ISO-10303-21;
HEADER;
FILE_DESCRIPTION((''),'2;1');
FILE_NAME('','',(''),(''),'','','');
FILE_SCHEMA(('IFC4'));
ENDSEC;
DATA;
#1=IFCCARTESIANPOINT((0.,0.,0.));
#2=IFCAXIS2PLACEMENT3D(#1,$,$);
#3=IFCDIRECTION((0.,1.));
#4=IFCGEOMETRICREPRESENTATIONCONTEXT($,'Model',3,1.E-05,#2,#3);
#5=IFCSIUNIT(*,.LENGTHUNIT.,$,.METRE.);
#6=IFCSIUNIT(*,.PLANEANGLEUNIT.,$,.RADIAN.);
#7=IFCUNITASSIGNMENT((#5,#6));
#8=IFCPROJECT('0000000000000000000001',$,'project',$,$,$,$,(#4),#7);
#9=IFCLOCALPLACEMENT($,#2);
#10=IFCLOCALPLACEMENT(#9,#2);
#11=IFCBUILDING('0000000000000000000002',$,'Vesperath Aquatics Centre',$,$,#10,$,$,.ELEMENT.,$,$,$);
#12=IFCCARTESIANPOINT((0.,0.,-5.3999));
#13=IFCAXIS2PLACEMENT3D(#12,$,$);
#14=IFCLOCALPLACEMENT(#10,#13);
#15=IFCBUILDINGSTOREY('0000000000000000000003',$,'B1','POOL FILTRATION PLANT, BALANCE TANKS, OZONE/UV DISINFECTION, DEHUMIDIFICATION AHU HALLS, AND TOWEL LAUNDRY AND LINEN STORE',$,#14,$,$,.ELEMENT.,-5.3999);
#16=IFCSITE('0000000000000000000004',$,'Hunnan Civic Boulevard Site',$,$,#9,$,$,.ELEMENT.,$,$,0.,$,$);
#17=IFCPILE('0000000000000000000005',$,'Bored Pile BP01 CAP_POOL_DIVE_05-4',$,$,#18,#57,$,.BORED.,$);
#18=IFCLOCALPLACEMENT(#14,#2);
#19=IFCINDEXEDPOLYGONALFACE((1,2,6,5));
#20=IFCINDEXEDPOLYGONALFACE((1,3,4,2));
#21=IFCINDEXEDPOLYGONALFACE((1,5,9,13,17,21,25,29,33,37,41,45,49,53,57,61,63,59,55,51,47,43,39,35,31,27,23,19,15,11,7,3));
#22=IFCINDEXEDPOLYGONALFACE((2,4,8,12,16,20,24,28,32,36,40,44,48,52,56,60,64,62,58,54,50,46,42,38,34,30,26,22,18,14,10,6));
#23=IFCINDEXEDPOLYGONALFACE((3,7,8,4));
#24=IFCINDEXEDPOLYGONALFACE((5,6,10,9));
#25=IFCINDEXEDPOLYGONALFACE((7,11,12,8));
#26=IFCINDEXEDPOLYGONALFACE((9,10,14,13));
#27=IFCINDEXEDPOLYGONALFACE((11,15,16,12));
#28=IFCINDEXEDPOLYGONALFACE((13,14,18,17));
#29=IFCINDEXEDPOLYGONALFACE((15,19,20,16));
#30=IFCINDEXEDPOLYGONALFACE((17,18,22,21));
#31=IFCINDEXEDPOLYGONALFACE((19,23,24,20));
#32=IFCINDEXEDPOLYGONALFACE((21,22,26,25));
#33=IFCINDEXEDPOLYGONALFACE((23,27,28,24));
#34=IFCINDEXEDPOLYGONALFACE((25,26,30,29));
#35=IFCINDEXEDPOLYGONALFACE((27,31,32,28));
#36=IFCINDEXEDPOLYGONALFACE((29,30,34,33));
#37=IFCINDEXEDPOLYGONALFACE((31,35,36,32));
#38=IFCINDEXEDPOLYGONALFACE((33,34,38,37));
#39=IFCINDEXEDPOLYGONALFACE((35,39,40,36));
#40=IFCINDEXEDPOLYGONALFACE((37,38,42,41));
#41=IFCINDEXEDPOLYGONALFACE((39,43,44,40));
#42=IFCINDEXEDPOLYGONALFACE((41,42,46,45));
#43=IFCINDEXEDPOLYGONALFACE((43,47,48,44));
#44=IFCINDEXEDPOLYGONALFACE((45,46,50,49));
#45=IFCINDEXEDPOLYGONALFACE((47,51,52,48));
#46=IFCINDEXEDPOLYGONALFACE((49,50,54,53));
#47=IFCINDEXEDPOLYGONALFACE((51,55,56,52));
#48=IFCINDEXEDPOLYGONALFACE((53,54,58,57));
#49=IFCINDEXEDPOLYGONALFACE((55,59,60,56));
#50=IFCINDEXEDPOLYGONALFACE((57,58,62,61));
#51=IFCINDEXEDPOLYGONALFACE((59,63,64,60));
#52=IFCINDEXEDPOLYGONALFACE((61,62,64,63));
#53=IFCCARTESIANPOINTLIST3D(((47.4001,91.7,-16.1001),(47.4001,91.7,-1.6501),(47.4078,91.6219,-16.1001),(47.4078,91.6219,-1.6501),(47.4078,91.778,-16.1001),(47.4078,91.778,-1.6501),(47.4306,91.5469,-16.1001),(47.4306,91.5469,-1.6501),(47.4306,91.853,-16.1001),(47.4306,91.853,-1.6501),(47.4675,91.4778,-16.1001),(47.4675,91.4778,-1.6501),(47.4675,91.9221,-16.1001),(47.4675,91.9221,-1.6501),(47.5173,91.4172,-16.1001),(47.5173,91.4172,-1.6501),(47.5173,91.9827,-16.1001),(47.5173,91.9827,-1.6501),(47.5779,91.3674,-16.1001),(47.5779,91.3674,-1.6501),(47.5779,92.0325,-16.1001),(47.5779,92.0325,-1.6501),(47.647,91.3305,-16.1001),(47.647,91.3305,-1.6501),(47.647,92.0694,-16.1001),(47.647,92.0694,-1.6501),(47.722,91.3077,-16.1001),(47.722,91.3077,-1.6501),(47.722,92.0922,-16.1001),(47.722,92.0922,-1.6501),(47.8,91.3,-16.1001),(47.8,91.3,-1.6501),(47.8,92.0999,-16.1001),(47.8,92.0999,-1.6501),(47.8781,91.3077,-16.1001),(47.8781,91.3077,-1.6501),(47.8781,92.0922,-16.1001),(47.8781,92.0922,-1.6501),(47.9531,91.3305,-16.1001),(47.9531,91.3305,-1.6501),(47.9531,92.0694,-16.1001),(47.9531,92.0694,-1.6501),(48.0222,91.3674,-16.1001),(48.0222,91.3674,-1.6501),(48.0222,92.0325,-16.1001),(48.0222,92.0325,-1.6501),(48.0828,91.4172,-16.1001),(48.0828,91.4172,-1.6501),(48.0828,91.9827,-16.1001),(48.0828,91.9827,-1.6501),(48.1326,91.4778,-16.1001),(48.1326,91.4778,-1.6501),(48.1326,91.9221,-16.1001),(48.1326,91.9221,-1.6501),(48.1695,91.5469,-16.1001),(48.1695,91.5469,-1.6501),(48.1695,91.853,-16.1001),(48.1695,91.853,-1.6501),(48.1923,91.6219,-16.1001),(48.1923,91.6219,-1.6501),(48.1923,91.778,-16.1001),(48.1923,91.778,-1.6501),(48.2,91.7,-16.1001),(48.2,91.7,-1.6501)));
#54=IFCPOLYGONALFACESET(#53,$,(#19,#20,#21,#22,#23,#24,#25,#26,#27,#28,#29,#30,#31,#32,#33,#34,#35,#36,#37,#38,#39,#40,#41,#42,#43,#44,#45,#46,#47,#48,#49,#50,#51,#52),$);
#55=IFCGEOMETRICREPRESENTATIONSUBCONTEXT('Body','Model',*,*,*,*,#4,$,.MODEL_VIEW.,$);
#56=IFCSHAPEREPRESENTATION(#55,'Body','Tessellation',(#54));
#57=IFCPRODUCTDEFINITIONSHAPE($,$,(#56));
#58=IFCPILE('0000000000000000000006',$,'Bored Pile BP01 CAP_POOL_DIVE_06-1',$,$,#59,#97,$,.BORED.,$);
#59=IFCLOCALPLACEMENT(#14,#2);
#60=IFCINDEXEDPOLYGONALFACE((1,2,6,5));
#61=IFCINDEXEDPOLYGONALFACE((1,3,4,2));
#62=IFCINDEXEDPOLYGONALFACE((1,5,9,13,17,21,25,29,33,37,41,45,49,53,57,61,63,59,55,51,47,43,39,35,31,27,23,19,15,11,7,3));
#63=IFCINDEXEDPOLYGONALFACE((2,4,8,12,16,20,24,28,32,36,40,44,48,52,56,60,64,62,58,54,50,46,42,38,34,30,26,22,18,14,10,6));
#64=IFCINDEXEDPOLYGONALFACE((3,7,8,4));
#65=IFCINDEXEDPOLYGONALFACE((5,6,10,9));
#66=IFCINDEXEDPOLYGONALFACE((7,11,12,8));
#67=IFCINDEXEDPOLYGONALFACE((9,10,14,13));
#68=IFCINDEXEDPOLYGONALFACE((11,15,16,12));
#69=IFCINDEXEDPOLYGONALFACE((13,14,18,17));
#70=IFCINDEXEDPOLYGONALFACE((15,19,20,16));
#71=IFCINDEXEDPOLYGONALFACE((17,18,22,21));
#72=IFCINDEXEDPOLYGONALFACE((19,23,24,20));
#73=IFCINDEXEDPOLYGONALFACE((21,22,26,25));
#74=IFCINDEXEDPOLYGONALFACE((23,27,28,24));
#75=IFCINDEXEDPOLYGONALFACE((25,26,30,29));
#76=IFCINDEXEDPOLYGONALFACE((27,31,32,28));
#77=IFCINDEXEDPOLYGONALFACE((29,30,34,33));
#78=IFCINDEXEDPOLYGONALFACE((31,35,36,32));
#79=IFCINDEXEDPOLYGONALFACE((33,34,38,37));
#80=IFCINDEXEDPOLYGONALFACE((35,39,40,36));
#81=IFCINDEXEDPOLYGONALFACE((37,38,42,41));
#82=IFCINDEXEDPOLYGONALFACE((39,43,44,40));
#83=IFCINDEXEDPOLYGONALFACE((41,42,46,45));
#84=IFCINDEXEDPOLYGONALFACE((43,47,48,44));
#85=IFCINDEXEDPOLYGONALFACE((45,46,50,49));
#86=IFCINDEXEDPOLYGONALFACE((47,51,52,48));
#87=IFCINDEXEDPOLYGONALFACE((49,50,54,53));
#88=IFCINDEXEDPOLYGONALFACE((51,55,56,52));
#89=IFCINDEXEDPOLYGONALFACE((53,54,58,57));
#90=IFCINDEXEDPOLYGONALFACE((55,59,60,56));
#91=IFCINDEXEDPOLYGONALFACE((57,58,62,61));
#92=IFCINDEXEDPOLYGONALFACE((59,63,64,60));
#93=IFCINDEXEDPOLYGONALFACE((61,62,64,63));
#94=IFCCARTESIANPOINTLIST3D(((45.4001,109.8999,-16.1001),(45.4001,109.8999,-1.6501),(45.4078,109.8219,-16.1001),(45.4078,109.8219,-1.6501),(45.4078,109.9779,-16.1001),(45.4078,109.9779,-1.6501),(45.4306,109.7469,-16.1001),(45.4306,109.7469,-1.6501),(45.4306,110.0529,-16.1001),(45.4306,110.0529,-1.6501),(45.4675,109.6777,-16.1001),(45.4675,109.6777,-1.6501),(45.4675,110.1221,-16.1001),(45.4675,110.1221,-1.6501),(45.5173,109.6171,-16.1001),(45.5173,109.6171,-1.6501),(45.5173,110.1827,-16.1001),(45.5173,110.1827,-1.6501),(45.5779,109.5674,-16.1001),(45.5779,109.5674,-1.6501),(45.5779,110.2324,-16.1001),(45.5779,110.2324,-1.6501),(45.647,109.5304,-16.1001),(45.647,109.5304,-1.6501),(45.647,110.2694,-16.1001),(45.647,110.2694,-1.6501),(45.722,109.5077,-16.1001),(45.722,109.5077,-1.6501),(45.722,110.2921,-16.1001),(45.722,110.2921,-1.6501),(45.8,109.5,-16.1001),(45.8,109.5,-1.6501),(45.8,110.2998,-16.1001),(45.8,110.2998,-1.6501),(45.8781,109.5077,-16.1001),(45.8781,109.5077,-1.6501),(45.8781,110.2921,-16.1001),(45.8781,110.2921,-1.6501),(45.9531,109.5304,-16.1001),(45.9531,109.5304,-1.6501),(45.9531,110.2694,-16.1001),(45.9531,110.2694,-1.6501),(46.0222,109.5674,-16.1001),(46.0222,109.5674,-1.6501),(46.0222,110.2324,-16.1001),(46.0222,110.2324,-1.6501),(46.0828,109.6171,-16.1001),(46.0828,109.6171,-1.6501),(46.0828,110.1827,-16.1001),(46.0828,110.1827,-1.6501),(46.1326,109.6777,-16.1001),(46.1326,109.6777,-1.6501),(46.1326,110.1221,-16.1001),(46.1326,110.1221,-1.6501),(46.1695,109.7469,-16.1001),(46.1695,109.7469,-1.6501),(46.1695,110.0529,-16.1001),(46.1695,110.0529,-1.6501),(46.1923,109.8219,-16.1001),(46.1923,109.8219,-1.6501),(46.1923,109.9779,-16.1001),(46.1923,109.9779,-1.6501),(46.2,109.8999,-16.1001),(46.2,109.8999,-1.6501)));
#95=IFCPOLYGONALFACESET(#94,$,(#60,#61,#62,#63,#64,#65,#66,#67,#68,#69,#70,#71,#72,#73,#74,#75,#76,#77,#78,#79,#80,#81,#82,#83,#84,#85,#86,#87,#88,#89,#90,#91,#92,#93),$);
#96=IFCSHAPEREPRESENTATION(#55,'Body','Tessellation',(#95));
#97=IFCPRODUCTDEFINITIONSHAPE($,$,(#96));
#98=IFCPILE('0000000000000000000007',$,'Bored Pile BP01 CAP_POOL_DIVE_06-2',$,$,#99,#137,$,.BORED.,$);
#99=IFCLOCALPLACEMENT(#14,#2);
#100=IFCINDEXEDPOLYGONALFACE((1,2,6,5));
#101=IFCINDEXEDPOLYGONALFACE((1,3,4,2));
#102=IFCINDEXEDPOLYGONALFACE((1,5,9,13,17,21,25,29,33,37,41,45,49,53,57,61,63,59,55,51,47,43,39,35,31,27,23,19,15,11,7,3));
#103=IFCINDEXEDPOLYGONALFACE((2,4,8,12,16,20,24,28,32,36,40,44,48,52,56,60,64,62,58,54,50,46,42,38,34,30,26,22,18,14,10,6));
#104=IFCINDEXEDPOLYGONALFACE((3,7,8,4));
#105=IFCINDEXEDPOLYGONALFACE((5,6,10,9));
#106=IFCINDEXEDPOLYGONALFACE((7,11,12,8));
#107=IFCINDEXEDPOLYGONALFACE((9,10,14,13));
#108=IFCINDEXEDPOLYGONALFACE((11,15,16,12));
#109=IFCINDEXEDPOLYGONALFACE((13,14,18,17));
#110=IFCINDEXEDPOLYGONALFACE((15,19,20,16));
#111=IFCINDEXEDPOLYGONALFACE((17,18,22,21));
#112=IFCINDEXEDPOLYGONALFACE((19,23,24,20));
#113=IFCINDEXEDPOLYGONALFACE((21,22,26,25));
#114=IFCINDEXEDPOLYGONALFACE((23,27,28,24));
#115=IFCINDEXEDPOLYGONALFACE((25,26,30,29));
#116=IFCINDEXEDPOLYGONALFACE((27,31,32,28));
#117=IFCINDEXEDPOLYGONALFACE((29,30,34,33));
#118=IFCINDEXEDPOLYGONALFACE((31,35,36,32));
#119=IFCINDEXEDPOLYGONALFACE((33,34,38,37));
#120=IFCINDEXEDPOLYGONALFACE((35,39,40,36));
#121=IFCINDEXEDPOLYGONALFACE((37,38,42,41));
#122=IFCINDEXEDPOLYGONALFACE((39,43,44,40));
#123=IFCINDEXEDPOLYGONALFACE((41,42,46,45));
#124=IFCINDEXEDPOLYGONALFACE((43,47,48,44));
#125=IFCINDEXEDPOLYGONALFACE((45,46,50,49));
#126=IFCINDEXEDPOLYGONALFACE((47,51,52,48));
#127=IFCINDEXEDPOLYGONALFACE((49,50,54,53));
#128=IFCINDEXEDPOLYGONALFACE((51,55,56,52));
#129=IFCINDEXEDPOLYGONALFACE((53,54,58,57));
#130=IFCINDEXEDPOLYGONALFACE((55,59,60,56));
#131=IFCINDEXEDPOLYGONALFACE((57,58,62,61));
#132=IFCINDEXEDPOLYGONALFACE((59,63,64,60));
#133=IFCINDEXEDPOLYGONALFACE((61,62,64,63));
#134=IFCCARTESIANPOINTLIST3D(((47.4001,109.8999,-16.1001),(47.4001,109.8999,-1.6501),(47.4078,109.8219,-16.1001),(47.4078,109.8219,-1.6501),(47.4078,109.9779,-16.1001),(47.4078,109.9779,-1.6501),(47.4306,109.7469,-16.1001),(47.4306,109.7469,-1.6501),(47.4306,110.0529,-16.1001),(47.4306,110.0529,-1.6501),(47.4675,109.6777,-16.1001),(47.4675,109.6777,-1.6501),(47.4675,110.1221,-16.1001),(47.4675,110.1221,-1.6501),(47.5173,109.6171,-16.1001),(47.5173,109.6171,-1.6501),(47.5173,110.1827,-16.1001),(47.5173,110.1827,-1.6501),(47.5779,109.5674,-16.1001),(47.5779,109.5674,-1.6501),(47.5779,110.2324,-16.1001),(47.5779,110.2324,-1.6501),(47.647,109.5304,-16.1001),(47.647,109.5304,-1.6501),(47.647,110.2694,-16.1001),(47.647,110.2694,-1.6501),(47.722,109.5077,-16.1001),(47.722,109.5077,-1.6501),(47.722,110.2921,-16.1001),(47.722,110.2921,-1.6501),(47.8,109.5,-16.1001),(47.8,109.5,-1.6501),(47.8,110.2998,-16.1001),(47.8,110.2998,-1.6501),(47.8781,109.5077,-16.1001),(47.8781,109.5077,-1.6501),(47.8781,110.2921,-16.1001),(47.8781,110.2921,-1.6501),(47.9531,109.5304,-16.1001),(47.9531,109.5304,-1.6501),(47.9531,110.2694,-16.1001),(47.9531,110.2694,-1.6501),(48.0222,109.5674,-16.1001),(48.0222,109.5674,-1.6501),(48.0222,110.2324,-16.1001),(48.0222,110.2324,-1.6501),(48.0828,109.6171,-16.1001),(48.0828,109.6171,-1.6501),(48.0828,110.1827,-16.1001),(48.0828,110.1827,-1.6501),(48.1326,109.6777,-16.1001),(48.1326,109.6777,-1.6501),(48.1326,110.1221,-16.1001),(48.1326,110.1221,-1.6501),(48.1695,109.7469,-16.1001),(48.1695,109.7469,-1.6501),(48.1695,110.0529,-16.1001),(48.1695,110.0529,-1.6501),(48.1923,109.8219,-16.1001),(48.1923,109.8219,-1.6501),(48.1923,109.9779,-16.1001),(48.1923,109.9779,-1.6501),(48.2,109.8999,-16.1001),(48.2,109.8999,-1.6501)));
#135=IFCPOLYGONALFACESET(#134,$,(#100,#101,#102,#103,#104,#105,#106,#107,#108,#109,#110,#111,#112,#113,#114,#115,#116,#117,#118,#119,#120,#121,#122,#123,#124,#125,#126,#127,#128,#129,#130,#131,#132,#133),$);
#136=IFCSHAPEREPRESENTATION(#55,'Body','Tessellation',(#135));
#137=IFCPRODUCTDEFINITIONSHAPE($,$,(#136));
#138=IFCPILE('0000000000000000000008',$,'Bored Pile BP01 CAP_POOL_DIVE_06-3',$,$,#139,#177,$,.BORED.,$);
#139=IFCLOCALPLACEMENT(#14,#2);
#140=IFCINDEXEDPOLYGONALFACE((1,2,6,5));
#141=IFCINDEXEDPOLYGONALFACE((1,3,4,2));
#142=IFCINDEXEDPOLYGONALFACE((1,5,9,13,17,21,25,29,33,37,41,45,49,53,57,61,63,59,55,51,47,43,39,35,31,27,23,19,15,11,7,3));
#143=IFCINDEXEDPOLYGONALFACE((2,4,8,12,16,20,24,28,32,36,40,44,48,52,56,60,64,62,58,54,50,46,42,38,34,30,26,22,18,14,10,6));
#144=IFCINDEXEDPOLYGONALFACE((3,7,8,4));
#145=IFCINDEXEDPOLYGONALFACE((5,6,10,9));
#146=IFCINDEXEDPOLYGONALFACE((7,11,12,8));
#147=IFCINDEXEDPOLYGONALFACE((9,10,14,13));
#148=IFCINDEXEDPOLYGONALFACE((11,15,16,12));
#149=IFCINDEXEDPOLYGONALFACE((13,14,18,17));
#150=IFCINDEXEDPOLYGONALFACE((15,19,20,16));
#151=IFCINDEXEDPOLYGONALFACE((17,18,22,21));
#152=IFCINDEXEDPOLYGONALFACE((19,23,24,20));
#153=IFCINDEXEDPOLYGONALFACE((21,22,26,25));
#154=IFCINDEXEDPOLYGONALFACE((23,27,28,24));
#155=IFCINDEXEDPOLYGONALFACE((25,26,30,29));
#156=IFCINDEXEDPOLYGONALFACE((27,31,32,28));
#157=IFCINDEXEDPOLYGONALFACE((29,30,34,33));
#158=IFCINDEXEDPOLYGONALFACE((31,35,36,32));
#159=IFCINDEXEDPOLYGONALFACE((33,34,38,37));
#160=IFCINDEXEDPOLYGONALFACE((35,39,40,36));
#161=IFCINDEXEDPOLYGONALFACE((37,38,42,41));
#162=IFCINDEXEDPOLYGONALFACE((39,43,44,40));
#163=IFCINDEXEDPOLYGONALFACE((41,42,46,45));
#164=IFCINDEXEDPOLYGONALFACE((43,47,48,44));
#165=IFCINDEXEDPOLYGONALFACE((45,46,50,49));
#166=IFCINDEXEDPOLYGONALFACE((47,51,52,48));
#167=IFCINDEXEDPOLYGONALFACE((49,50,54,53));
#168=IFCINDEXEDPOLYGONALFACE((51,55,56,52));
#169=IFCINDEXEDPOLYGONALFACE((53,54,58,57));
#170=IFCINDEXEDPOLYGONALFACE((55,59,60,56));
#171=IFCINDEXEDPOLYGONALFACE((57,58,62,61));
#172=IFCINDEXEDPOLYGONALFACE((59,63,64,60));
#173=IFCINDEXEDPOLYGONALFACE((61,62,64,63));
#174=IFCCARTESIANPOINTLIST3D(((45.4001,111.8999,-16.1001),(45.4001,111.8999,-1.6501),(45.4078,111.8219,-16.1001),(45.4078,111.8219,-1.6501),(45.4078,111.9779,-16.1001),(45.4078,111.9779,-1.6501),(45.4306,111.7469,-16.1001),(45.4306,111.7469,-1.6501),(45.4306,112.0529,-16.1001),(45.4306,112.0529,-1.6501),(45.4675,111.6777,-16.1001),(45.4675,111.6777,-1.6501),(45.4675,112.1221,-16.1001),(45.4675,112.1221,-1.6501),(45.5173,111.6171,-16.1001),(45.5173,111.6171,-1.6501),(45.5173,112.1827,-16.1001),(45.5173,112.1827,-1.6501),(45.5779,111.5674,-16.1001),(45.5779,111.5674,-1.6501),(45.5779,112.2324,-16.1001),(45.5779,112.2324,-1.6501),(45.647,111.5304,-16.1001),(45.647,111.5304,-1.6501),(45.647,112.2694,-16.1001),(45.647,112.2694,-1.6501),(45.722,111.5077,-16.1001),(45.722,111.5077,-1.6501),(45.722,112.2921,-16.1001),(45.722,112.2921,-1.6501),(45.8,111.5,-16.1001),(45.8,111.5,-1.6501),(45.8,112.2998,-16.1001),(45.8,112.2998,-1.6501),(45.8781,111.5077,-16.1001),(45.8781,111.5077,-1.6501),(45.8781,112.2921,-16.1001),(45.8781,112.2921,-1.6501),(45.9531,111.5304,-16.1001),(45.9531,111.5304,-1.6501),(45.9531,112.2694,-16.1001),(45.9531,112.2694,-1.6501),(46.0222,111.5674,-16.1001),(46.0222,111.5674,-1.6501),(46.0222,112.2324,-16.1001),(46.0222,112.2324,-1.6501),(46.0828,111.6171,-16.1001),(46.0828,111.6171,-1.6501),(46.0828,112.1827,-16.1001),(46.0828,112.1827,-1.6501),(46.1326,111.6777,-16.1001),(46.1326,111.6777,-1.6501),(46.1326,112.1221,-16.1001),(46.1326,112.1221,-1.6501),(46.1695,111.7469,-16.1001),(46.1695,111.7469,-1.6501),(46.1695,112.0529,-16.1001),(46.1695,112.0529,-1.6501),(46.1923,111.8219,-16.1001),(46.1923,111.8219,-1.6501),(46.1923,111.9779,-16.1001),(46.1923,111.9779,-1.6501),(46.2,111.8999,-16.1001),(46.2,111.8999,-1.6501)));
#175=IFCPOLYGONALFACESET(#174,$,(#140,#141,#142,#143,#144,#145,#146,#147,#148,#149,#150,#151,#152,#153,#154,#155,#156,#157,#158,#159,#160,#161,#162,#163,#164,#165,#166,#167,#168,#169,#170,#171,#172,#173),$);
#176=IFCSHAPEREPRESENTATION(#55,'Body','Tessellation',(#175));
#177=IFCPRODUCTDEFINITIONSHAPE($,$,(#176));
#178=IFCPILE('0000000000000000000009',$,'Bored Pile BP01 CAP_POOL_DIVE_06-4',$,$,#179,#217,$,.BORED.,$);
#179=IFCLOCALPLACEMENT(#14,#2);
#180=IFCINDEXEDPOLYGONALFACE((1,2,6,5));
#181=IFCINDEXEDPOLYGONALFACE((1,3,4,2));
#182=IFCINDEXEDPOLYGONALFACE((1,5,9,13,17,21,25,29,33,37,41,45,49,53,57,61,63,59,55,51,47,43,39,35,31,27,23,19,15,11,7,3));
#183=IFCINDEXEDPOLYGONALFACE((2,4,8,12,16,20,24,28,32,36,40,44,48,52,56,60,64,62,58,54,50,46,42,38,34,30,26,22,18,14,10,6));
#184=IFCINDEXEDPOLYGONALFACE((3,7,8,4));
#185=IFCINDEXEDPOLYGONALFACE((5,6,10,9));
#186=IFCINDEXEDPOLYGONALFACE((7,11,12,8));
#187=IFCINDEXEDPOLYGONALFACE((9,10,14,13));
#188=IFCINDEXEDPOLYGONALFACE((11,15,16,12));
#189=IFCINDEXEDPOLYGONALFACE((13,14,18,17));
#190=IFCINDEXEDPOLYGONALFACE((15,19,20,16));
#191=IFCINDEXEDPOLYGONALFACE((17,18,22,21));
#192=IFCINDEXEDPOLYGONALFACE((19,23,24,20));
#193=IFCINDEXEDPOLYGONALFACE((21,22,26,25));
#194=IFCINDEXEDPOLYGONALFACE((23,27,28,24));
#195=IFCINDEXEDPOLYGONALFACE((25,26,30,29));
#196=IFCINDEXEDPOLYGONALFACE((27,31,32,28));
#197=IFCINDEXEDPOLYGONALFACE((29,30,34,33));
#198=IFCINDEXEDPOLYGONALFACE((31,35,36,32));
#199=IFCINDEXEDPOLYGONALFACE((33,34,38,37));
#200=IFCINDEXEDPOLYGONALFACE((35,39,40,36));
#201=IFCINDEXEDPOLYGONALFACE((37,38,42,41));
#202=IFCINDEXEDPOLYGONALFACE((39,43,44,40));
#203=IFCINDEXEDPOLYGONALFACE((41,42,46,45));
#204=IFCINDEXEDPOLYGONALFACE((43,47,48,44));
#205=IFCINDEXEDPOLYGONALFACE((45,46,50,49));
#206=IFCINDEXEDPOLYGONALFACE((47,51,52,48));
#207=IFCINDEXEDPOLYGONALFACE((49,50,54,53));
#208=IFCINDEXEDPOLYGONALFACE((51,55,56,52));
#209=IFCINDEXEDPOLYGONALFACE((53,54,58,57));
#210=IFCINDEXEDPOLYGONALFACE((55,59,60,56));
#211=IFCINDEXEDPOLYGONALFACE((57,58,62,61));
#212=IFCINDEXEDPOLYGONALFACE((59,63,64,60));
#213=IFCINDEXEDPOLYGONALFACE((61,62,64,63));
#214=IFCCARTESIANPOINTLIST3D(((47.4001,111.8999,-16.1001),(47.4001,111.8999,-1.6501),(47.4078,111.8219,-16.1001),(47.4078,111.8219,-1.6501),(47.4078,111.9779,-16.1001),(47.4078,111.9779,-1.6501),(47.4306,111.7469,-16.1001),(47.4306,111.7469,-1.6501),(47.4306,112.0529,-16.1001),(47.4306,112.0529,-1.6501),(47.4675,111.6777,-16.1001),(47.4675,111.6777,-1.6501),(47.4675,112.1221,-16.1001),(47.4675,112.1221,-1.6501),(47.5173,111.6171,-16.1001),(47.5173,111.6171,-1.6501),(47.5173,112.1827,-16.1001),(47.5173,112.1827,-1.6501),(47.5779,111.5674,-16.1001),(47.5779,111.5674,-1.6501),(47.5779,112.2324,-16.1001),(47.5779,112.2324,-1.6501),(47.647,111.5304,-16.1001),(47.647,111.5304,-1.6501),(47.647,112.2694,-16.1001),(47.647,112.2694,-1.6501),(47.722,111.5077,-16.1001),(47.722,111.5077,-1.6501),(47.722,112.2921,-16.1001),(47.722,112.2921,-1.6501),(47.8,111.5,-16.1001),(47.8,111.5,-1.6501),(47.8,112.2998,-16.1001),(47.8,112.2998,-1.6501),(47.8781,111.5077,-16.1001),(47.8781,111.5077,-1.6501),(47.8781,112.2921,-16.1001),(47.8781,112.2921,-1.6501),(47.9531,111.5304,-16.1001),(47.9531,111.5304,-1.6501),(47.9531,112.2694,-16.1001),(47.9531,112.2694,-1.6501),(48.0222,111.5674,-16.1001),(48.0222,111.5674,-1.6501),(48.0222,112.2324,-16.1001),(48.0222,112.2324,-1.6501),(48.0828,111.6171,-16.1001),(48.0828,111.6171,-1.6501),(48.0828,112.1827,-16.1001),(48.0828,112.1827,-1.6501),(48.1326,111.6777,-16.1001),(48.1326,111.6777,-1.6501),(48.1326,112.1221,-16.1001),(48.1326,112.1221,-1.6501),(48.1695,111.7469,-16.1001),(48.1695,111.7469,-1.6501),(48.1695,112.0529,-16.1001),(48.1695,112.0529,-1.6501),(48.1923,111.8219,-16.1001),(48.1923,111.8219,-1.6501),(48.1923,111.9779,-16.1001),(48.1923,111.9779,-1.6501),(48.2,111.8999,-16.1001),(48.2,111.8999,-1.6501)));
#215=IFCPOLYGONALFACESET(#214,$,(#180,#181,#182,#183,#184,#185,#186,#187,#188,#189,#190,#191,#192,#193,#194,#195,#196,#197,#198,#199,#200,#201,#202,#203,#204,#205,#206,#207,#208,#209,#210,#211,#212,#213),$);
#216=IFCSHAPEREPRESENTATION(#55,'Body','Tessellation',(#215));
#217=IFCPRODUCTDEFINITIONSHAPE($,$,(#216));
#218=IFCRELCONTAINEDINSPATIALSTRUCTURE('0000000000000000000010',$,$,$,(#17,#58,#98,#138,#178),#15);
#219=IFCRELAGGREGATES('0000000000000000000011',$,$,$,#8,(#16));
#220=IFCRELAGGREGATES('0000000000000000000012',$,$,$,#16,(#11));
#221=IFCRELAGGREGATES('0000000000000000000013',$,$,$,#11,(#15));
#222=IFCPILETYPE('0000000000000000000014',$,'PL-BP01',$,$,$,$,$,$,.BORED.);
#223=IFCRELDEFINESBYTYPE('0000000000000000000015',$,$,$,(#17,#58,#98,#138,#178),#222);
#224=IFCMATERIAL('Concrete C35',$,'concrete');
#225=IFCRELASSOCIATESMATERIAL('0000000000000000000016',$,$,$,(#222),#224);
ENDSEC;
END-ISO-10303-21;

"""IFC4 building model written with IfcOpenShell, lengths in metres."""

from ifc_helpers import new_model, si_unit, direction, frame, origin, origin_2d, place, context, subcontext, project, spatial, circle, extrude, material, material_profile, profile_set, type_object, element, save


model = new_model("IFC4")

# Units and contexts
model_context = context("Model", 3, precision=1e-05, world=origin(), true_north=direction((0.0, 1.0)))
body_context = subcontext(model_context, "Body", "Model", "MODEL_VIEW")
ifc_project = project(units=[si_unit("LENGTHUNIT", "METRE"), si_unit("PLANEANGLEUNIT", "RADIAN")], contexts=[model_context])

# Site, building, storey
site_placement = place(None, origin())
site = spatial("IfcSite", under=ifc_project, at=site_placement, Name="Hunnan Civic Boulevard Site", CompositionType="ELEMENT", RefElevation=0.0)
building_placement = place(site_placement, origin())
building = spatial("IfcBuilding", under=site, at=building_placement, Name="Vesperath Aquatics Centre", CompositionType="ELEMENT")
storey_placement = place(building_placement, frame((0.0, 0.0, -5.3999)))
storey = spatial("IfcBuildingStorey", under=building, at=storey_placement, Name="B1", Description="POOL FILTRATION PLANT, BALANCE TANKS, OZONE/UV DISINFECTION, DEHUMIDIFICATION AHU HALLS, AND TOWEL LAUNDRY AND LINEN STORE", CompositionType="ELEMENT", Elevation=-5.3999)

# Piles
ifc_material_1 = material(Name="Concrete C35", Category="concrete")
ifc_material_profile_1 = material_profile(ifc_material_1, circle(Radius=0.3999, at=origin_2d()), Name="PILE D800")
ifc_profile_set_1 = profile_set([ifc_material_profile_1], Name="Concrete C35")
pile_type = type_object("IfcPileType", Name="PL-BP01", PredefinedType="BORED", material=ifc_profile_set_1)
for number, where, z_axis, x_axis, name in (
    (1, (47.8, 91.7, -1.6501), (0.0, 0.0, -1.0), (1.0, 0.0, 0.0), "Bored Pile BP01 CAP_POOL_DIVE_05-4"),
    (2, (45.8, 109.8999, -1.6501), (0.0, 0.0, -1.0), (1.0, 0.0, 0.0), "Bored Pile BP01 CAP_POOL_DIVE_06-1"),
    (3, (47.8, 109.8999, -1.6501), (0.0, 0.0, -1.0), (1.0, 0.0, 0.0), "Bored Pile BP01 CAP_POOL_DIVE_06-2"),
    (4, (45.8, 111.8999, -1.6501), (0.0, 0.0, -1.0), (1.0, 0.0, 0.0), "Bored Pile BP01 CAP_POOL_DIVE_06-3"),
    (5, (47.8, 111.8999, -1.6501), (0.0, 0.0, -1.0), (1.0, 0.0, 0.0), "Bored Pile BP01 CAP_POOL_DIVE_06-4"),
):
    element("IfcPile", number, at=place(storey_placement, frame(where, z_axis=z_axis, x_axis=x_axis)), inside=storey, type_object=pile_type, Name=name, PredefinedType="BORED", context=body_context, shape_type="SweptSolid", body=[
        extrude(circle(Radius=0.3999, at=origin_2d()), origin(), (0.0, 0.0, 1.0), 14.45),
    ])

save(model, "model.ifc")
